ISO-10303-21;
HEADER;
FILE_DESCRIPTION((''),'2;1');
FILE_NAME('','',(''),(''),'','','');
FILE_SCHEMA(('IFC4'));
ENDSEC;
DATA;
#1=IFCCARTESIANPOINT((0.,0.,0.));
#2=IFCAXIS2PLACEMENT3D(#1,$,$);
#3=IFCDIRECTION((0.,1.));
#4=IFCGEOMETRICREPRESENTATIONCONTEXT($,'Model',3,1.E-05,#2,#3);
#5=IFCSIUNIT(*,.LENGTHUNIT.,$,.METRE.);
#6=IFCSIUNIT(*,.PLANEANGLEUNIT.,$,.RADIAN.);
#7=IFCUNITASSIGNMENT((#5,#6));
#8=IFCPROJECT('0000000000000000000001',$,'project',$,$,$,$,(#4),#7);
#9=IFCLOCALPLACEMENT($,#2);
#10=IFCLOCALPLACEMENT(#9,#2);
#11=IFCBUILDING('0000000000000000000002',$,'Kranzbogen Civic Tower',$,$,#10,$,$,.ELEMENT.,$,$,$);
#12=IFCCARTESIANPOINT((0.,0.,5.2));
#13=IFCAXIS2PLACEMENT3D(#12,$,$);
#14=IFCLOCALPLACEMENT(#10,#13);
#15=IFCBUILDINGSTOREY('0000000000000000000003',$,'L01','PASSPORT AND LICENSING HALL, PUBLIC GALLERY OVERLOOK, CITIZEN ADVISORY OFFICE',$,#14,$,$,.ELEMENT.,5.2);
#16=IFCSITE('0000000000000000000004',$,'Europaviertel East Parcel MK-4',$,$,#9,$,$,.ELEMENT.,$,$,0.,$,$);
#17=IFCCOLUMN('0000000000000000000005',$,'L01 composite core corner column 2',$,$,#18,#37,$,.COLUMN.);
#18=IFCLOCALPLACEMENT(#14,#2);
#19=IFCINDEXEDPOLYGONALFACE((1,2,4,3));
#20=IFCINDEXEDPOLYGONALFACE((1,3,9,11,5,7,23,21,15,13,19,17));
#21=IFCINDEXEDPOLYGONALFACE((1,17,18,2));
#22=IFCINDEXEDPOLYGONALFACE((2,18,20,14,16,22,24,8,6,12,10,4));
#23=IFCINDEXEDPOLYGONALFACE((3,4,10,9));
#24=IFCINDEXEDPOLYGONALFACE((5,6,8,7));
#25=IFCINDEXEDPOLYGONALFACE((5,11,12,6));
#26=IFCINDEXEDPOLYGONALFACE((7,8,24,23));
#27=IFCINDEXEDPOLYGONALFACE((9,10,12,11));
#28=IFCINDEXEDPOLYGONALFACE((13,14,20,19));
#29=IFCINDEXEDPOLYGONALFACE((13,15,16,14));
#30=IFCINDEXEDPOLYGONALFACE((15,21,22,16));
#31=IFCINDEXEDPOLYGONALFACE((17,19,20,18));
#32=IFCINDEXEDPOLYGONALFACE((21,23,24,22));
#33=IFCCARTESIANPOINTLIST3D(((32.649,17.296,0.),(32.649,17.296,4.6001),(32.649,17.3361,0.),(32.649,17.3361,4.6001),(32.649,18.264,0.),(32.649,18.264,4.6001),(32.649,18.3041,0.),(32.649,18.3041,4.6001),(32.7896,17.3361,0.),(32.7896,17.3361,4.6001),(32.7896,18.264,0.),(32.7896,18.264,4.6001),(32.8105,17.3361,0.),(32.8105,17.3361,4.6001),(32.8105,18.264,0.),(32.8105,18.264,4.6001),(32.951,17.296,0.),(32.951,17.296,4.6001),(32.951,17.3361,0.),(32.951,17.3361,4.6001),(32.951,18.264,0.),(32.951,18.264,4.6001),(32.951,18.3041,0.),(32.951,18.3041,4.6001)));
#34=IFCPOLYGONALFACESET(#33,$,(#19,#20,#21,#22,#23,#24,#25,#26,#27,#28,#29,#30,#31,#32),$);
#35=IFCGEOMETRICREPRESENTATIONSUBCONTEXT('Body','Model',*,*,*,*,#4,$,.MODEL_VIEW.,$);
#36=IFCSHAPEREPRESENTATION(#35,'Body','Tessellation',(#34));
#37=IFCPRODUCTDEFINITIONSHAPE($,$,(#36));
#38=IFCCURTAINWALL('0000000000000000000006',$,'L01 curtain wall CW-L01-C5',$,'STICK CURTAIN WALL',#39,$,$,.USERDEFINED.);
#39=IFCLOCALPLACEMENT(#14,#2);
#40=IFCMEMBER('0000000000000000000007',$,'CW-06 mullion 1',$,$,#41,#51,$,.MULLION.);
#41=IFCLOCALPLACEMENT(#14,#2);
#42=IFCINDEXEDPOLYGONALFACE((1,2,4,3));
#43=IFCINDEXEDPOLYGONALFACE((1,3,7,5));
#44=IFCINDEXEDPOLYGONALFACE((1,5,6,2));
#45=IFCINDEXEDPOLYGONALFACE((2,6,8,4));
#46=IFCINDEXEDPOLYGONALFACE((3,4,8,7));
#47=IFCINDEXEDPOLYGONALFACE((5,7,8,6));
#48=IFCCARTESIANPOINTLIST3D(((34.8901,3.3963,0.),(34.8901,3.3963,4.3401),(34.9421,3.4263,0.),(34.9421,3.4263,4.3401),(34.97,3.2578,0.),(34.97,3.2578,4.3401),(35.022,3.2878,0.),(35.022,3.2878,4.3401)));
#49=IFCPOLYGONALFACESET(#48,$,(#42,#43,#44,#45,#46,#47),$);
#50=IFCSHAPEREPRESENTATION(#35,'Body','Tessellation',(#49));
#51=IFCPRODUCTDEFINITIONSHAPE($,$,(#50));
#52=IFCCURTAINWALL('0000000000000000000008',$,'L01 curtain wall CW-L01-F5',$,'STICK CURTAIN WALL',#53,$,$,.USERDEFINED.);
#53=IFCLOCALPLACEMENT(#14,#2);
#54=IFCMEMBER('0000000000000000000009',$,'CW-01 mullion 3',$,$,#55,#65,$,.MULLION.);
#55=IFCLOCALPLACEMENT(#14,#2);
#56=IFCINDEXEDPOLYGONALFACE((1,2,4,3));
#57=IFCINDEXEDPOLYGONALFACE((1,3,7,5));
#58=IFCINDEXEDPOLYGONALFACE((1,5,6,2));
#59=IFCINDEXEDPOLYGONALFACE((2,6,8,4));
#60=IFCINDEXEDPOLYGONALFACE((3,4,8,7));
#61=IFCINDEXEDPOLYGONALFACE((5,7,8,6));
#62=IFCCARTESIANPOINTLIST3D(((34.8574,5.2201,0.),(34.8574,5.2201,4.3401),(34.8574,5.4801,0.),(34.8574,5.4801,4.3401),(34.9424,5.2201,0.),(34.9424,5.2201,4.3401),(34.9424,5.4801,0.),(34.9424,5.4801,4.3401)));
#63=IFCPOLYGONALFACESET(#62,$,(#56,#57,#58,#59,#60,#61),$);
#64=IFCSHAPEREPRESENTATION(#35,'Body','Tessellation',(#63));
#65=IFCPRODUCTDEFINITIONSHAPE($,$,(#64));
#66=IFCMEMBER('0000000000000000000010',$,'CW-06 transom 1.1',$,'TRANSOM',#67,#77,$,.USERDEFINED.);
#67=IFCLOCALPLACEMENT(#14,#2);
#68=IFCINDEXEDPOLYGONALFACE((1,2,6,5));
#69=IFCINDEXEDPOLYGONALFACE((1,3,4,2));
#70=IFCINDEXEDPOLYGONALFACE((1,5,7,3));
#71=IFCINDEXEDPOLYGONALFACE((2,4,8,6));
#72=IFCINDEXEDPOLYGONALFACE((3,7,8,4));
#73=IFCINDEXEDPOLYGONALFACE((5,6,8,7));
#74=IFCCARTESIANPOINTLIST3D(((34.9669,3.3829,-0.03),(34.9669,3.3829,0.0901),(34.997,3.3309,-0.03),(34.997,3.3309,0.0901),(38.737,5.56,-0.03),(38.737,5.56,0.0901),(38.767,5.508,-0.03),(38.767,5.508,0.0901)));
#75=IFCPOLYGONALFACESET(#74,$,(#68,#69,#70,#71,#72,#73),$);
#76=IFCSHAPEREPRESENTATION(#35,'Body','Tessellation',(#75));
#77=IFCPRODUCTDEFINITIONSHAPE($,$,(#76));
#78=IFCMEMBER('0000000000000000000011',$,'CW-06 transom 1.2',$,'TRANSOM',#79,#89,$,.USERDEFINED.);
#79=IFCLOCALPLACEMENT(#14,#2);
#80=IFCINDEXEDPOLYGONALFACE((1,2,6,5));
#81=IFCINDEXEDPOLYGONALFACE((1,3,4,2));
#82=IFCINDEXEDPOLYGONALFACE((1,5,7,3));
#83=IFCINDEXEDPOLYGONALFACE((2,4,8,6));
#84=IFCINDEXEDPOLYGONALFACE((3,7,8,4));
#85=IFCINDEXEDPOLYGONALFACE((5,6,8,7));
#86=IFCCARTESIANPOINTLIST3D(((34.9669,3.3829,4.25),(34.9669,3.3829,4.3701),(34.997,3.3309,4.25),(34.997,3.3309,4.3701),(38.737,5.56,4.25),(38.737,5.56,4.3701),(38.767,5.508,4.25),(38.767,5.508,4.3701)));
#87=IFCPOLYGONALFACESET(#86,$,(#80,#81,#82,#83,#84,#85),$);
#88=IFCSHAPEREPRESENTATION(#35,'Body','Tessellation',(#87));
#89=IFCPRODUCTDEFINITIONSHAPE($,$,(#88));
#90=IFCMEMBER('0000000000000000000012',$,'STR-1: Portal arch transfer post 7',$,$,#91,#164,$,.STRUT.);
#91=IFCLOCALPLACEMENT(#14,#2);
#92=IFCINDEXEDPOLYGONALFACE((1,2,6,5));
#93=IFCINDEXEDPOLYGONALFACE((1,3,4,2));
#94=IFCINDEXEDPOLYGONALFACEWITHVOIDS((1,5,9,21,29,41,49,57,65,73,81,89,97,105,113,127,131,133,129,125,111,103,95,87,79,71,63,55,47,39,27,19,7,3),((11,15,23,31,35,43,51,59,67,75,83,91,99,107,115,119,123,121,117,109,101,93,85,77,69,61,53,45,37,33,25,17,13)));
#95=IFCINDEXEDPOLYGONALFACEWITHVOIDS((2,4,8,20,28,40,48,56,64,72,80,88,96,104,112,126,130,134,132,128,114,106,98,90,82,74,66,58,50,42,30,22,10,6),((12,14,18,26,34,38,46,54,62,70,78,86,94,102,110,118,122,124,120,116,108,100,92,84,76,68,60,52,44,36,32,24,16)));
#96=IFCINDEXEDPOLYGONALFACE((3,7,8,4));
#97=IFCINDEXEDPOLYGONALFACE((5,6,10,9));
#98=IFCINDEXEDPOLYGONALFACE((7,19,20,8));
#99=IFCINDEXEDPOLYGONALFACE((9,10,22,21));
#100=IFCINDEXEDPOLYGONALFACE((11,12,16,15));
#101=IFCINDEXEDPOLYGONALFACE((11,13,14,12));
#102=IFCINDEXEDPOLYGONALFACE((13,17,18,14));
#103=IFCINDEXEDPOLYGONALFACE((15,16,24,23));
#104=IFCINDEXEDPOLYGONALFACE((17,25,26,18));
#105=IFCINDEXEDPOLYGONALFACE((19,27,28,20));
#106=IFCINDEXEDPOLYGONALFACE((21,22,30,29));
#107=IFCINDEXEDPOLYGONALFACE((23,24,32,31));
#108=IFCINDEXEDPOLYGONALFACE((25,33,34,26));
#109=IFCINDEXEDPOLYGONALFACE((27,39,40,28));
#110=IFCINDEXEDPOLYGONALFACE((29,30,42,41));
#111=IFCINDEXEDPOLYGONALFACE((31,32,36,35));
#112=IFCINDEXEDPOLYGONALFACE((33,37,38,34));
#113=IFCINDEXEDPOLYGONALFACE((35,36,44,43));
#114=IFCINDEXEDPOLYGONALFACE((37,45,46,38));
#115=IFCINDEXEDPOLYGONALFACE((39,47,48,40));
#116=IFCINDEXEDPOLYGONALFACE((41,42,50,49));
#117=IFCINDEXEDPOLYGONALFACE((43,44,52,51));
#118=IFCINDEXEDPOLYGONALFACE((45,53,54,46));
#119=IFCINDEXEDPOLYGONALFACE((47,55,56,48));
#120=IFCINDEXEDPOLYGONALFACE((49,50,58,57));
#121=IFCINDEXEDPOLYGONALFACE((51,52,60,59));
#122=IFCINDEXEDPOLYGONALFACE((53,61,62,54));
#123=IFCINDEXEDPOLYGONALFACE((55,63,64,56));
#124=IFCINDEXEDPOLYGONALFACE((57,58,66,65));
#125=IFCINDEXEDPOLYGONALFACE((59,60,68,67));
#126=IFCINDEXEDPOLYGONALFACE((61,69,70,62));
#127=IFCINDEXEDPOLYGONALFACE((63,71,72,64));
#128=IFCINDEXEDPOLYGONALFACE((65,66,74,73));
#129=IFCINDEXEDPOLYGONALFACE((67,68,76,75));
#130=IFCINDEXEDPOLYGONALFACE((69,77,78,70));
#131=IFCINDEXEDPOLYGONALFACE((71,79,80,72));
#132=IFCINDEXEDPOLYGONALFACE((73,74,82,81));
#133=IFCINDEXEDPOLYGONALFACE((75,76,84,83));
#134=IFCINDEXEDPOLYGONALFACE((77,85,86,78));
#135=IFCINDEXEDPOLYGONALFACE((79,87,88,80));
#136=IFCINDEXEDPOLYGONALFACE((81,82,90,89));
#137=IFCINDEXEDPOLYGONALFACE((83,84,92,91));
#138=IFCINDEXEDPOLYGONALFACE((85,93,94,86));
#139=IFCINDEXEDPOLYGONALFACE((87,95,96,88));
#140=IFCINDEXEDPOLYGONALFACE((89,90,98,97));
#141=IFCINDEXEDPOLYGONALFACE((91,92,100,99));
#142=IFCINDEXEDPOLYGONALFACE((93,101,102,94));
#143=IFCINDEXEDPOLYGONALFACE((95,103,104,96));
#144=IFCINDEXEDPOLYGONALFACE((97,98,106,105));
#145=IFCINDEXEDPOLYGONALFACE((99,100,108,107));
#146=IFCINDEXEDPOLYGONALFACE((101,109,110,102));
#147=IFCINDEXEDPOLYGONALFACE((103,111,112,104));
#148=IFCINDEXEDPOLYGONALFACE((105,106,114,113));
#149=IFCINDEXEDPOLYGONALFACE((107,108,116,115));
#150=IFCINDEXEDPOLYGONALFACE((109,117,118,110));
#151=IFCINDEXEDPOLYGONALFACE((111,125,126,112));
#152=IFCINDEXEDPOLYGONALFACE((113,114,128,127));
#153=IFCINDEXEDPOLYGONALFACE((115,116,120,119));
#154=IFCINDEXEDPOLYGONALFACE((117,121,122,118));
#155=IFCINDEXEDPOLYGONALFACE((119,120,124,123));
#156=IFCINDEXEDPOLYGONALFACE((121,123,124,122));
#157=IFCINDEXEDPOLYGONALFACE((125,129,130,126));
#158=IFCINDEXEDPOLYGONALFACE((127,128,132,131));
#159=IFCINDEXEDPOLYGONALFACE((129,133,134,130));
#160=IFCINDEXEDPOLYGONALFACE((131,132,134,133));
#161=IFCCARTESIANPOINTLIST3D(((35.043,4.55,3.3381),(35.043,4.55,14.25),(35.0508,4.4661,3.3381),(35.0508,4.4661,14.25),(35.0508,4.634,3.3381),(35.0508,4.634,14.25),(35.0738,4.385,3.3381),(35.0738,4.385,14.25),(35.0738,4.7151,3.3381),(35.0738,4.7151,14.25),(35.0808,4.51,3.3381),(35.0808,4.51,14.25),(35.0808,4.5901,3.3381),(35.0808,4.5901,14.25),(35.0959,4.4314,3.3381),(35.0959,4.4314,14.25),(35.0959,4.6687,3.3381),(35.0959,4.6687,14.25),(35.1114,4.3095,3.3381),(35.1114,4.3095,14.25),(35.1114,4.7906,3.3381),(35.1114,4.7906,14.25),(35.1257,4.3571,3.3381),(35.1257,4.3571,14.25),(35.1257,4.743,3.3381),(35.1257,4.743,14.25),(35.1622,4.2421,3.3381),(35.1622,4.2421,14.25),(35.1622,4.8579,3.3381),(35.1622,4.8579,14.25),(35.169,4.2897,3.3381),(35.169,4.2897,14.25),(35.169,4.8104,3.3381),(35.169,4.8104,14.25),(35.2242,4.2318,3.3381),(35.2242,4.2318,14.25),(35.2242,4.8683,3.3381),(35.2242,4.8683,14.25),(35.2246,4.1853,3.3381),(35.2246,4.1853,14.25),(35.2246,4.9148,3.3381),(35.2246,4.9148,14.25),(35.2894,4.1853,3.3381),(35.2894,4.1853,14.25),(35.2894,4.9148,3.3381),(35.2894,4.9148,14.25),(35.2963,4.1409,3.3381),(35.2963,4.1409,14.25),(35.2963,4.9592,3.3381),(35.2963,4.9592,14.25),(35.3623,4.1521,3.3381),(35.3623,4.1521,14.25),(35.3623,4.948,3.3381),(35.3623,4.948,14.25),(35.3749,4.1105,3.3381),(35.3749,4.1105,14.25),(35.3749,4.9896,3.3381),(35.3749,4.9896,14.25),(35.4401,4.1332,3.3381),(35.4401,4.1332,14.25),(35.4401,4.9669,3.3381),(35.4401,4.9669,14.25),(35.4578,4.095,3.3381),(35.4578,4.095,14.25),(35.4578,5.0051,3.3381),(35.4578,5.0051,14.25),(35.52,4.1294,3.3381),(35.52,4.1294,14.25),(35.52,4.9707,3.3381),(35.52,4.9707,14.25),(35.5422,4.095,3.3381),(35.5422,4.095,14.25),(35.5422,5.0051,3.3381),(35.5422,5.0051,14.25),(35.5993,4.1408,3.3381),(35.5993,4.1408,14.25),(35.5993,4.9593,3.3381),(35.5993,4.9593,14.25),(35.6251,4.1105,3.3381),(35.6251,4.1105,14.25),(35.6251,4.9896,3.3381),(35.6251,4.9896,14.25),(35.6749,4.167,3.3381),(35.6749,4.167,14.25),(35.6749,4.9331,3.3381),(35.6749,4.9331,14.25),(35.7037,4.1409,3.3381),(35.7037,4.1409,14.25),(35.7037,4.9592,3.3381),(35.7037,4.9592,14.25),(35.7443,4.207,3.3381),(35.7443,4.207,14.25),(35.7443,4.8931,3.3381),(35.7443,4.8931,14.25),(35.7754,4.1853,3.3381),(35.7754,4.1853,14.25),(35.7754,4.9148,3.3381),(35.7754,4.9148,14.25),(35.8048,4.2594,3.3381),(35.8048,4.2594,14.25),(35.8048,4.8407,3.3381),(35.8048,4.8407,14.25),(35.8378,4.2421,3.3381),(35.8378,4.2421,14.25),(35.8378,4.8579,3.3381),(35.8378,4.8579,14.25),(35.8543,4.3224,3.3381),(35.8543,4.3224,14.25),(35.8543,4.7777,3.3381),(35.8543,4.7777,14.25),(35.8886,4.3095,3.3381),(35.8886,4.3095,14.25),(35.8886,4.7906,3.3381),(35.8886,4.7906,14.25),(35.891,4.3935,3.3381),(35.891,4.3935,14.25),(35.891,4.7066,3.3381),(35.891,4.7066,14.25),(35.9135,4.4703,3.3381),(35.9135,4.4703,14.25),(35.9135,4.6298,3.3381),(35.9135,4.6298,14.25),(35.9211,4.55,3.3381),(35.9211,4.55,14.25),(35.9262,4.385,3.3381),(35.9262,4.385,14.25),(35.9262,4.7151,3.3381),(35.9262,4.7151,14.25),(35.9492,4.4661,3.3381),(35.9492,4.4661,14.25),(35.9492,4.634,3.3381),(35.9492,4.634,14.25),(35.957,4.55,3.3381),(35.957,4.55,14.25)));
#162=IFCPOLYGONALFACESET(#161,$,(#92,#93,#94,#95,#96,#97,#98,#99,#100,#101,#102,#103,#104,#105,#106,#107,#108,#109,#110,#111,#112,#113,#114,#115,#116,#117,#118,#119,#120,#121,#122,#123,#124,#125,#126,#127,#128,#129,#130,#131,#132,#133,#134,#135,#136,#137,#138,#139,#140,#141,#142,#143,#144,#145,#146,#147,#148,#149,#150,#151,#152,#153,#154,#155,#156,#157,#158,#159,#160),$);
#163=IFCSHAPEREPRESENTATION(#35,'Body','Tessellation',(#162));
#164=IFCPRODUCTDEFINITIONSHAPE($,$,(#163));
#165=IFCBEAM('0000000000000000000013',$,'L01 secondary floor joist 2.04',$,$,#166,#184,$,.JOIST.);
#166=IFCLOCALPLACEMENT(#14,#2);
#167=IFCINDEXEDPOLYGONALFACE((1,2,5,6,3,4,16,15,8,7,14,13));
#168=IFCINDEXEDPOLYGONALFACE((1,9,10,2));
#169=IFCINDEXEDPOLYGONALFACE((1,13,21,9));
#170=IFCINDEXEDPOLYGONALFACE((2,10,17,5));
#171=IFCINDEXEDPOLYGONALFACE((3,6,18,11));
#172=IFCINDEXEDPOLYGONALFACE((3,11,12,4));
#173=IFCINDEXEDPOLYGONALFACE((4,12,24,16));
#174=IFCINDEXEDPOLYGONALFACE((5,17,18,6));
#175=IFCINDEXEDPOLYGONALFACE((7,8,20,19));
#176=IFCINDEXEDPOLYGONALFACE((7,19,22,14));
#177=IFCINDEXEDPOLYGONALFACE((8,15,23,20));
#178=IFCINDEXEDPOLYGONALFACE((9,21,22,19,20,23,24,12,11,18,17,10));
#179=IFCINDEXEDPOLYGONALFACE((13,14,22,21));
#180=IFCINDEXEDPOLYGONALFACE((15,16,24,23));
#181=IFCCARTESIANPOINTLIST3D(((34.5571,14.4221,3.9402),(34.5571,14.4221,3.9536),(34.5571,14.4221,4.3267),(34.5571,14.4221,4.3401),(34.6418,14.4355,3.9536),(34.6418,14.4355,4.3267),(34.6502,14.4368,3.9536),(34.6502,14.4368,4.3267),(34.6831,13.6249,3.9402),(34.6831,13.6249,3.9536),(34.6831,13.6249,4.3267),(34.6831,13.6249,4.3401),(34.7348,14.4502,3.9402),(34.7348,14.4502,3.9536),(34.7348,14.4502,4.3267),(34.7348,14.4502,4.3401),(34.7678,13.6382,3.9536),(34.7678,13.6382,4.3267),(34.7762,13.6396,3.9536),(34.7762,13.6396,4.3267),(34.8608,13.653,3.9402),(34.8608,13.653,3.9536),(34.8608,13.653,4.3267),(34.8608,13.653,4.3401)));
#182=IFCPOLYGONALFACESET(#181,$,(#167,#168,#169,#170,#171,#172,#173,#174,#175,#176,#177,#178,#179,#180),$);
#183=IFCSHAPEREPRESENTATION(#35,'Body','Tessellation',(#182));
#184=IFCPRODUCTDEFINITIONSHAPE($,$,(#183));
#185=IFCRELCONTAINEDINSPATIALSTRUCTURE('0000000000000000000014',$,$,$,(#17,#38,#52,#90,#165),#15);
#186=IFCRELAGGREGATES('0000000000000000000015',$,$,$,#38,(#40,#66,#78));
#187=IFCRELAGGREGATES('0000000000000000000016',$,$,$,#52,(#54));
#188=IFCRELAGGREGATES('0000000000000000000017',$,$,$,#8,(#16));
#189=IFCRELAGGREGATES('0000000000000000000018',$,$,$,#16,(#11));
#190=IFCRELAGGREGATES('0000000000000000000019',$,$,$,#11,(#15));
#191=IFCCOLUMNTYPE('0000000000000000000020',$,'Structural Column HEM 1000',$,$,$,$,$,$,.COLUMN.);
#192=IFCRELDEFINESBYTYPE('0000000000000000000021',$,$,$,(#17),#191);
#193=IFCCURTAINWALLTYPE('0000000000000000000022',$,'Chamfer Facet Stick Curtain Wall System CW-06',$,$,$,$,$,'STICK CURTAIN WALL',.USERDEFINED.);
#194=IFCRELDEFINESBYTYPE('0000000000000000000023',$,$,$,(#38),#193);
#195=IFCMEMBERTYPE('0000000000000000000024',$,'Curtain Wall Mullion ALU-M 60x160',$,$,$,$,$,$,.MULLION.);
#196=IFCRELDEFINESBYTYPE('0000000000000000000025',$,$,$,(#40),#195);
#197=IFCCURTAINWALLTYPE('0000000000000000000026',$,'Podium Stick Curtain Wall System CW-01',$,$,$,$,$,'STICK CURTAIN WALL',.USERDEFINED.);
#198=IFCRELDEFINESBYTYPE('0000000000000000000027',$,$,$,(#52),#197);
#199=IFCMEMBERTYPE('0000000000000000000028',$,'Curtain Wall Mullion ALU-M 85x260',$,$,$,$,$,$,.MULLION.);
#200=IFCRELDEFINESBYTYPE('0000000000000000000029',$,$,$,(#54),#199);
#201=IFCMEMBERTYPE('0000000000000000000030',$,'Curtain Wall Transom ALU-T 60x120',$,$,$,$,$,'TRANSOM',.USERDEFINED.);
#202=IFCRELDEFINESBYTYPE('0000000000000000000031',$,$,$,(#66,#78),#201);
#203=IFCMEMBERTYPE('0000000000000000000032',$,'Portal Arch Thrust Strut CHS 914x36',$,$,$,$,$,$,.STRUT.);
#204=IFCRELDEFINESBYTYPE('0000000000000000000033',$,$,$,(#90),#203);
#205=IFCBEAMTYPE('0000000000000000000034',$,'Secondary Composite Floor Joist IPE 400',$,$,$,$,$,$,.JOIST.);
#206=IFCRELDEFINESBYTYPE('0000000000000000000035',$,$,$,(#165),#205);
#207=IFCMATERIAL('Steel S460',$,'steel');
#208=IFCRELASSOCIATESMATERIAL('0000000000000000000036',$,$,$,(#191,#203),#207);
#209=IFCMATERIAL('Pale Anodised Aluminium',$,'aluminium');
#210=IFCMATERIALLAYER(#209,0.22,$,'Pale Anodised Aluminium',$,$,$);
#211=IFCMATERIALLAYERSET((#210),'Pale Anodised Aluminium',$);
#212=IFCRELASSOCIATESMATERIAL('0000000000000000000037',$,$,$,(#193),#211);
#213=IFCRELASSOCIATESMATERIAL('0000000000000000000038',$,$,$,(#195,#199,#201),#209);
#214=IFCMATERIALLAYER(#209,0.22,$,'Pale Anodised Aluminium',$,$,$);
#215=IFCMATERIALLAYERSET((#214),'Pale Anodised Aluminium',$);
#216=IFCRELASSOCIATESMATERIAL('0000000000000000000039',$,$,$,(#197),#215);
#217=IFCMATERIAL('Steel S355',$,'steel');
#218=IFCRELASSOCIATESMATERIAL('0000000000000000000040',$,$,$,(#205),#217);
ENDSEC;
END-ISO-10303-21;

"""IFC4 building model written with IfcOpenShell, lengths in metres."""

from ifc_helpers import new_model, si_unit, direction, frame, origin, origin_2d, place, context, subcontext, project, spatial, rectangle, hollow_circle, i_section, extrude, material, layer, layer_set, material_profile, profile_set, type_object, element, aggregate, save


model = new_model("IFC4")

# Units and contexts
model_context = context("Model", 3, precision=1e-05, world=origin(), true_north=direction((0.0, 1.0)))
body_context = subcontext(model_context, "Body", "Model", "MODEL_VIEW")
ifc_project = project(units=[si_unit("LENGTHUNIT", "METRE"), si_unit("PLANEANGLEUNIT", "RADIAN")], contexts=[model_context])

# Site, building, storey
site_placement = place(None, origin())
site = spatial("IfcSite", under=ifc_project, at=site_placement, Name="Europaviertel East Parcel MK-4", CompositionType="ELEMENT", RefElevation=0.0)
building_placement = place(site_placement, origin())
building = spatial("IfcBuilding", under=site, at=building_placement, Name="Kranzbogen Civic Tower", CompositionType="ELEMENT")
storey_placement = place(building_placement, frame((0.0, 0.0, 5.2)))
storey = spatial("IfcBuildingStorey", under=building, at=storey_placement, Name="L01", Description="PASSPORT AND LICENSING HALL, PUBLIC GALLERY OVERLOOK, CITIZEN ADVISORY OFFICE", CompositionType="ELEMENT", Elevation=5.2)

# Column
ifc_material_1 = material(Name="Steel S460", Category="steel")
ifc_material_profile_1 = material_profile(ifc_material_1, i_section(OverallWidth=0.302, OverallDepth=1.0081, WebThickness=0.021, FlangeThickness=0.04, at=origin_2d()), Name="HEM 1000")
ifc_profile_set_1 = profile_set([ifc_material_profile_1], Name="Steel S460")
column_type = type_object("IfcColumnType", Name="Structural Column HEM 1000", PredefinedType="COLUMN", material=ifc_profile_set_1)
column_placement = place(storey_placement, frame((32.8, 17.8, 0.0), z_axis=(0.0, 0.0, 1.0), x_axis=(1.0, 0.0, 0.0)))
element("IfcColumn", 1, at=column_placement, inside=storey, type_object=column_type, Name="L01 composite core corner column 2", PredefinedType="COLUMN", context=body_context, shape_type="SweptSolid", body=[
    extrude(i_section(OverallWidth=0.302, OverallDepth=1.0081, WebThickness=0.021, FlangeThickness=0.04, at=origin_2d()), origin(), (0.0, 0.0, 1.0), 4.6001),
])

# Curtain walls, members
ifc_material_2 = material(Name="Pale Anodised Aluminium", Category="aluminium")
ifc_layer_1 = layer(ifc_material_2, 0.22, Name="Pale Anodised Aluminium")
ifc_layer_set_1 = layer_set([ifc_layer_1], Name="Pale Anodised Aluminium")
curtain_wall_type_1 = type_object("IfcCurtainWallType", Name="Chamfer Facet Stick Curtain Wall System CW-06", ElementType="STICK CURTAIN WALL", PredefinedType="USERDEFINED", material=ifc_layer_set_1)
curtain_wall_1_placement = place(storey_placement, origin())
curtain_wall_1 = element("IfcCurtainWall", 2, at=curtain_wall_1_placement, inside=storey, type_object=curtain_wall_type_1, Name="L01 curtain wall CW-L01-C5", ObjectType="STICK CURTAIN WALL", PredefinedType="USERDEFINED")
ifc_material_profile_2 = material_profile(ifc_material_2, rectangle(XDim=0.0601, YDim=0.1599, at=origin_2d()), Name="ALU-M 60x160")
ifc_profile_set_2 = profile_set([ifc_material_profile_2], Name="Pale Anodised Aluminium")
member_type_1 = type_object("IfcMemberType", Name="Curtain Wall Mullion ALU-M 60x160", PredefinedType="MULLION", material=ifc_profile_set_2)
member_1_placement = place(storey_placement, frame((34.9561, 3.342, 0.0), z_axis=(0.0, 0.0, 1.0), x_axis=(0.865992, 0.500058, 0.0)))
member_1 = element("IfcMember", 3, at=member_1_placement, type_object=member_type_1, Name="CW-06 mullion 1", PredefinedType="MULLION", context=body_context, shape_type="SweptSolid", body=[
    extrude(rectangle(XDim=0.0601, YDim=0.1599, at=origin_2d()), origin(), (0.0, 0.0, 1.0), 4.3401),
])
ifc_layer_2 = layer(ifc_material_2, 0.22, Name="Pale Anodised Aluminium")
ifc_layer_set_2 = layer_set([ifc_layer_2], Name="Pale Anodised Aluminium")
curtain_wall_type_2 = type_object("IfcCurtainWallType", Name="Podium Stick Curtain Wall System CW-01", ElementType="STICK CURTAIN WALL", PredefinedType="USERDEFINED", material=ifc_layer_set_2)
curtain_wall_2_placement = place(storey_placement, origin())
curtain_wall_2 = element("IfcCurtainWall", 4, at=curtain_wall_2_placement, inside=storey, type_object=curtain_wall_type_2, Name="L01 curtain wall CW-L01-F5", ObjectType="STICK CURTAIN WALL", PredefinedType="USERDEFINED")
ifc_material_profile_3 = material_profile(ifc_material_2, rectangle(XDim=0.085, YDim=0.26, at=origin_2d()), Name="ALU-M 85x260")
ifc_profile_set_3 = profile_set([ifc_material_profile_3], Name="Pale Anodised Aluminium")
member_type_2 = type_object("IfcMemberType", Name="Curtain Wall Mullion ALU-M 85x260", PredefinedType="MULLION", material=ifc_profile_set_3)
member_2_placement = place(storey_placement, frame((34.8999, 5.3501, 0.0), z_axis=(0.0, 0.0, 1.0), x_axis=(1.0, 0.0, 0.0)))
member_2 = element("IfcMember", 5, at=member_2_placement, type_object=member_type_2, Name="CW-01 mullion 3", PredefinedType="MULLION", context=body_context, shape_type="SweptSolid", body=[
    extrude(rectangle(XDim=0.085, YDim=0.26, at=origin_2d()), origin(), (0.0, 0.0, 1.0), 4.3401),
])

# Members
ifc_material_profile_4 = material_profile(ifc_material_2, rectangle(XDim=0.0601, YDim=0.1201, at=origin_2d()), Name="ALU-T 60x120")
ifc_profile_set_4 = profile_set([ifc_material_profile_4], Name="Pale Anodised Aluminium")
member_type_3 = type_object("IfcMemberType", Name="Curtain Wall Transom ALU-T 60x120", ElementType="TRANSOM", PredefinedType="USERDEFINED", material=ifc_profile_set_4)
member_3_placement = place(storey_placement, frame((34.9819, 3.3569, 0.03), z_axis=(0.865988, 0.500065, 0.0), x_axis=(-0.500065, 0.865988, 0.0)))
member_3 = element("IfcMember", 6, at=member_3_placement, type_object=member_type_3, Name="CW-06 transom 1.1", ObjectType="TRANSOM", PredefinedType="USERDEFINED", context=body_context, shape_type="SweptSolid", body=[
    extrude(rectangle(XDim=0.0601, YDim=0.1201, at=origin_2d()), origin(), (0.0, 0.0, 1.0), 4.3535),
])
member_4_placement = place(storey_placement, frame((34.9819, 3.3569, 4.3101), z_axis=(0.865988, 0.500065, 0.0), x_axis=(-0.500065, 0.865988, 0.0)))
member_4 = element("IfcMember", 7, at=member_4_placement, type_object=member_type_3, Name="CW-06 transom 1.2", ObjectType="TRANSOM", PredefinedType="USERDEFINED", context=body_context, shape_type="SweptSolid", body=[
    extrude(rectangle(XDim=0.0601, YDim=0.1201, at=origin_2d()), origin(), (0.0, 0.0, 1.0), 4.3535),
])
aggregate(curtain_wall_1, [member_1, member_3, member_4])
ifc_material_profile_5 = material_profile(ifc_material_1, hollow_circle(Radius=0.457, WallThickness=0.0359, at=origin_2d()), Name="CHS 914x36")
ifc_profile_set_5 = profile_set([ifc_material_profile_5], Name="Steel S460")
member_type_4 = type_object("IfcMemberType", Name="Portal Arch Thrust Strut CHS 914x36", PredefinedType="STRUT", material=ifc_profile_set_5)
member_5_placement = place(storey_placement, frame((35.5, 4.55, 3.3381), z_axis=(0.0, 0.0, 1.0), x_axis=(1.0, 0.0, 0.0)))
element("IfcMember", 8, at=member_5_placement, inside=storey, type_object=member_type_4, Name="STR-1: Portal arch transfer post 7", PredefinedType="STRUT", context=body_context, shape_type="SweptSolid", body=[
    extrude(hollow_circle(Radius=0.457, WallThickness=0.0359, at=origin_2d()), origin(), (0.0, 0.0, 1.0), 10.9119),
])

# Beam
ifc_material_3 = material(Name="Steel S355", Category="steel")
ifc_material_profile_6 = material_profile(ifc_material_3, i_section(OverallWidth=0.1799, OverallDepth=0.3999, WebThickness=0.0085, FlangeThickness=0.0134, at=origin_2d()), Name="IPE 400")
ifc_profile_set_6 = profile_set([ifc_material_profile_6], Name="Steel S355")
beam_type_1 = type_object("IfcBeamType", Name="Secondary Composite Floor Joist IPE 400", PredefinedType="JOIST", material=ifc_profile_set_6)
beam_1_placement = place(storey_placement, frame((34.772, 13.6389, 4.1401), z_axis=(-0.156102, 0.987741, 0.0), x_axis=(-0.987741, -0.156102, 0.0)))
element("IfcBeam", 9, at=beam_1_placement, inside=storey, type_object=beam_type_1, Name="L01 secondary floor joist 2.04", PredefinedType="JOIST", context=body_context, shape_type="SweptSolid", body=[
    extrude(i_section(OverallWidth=0.1799, OverallDepth=0.3999, WebThickness=0.0085, FlangeThickness=0.0134, at=origin_2d()), origin(), (0.0, 0.0, 1.0), 0.8071),
])

aggregate(curtain_wall_2, [member_2])

save(model, "model.ifc")
